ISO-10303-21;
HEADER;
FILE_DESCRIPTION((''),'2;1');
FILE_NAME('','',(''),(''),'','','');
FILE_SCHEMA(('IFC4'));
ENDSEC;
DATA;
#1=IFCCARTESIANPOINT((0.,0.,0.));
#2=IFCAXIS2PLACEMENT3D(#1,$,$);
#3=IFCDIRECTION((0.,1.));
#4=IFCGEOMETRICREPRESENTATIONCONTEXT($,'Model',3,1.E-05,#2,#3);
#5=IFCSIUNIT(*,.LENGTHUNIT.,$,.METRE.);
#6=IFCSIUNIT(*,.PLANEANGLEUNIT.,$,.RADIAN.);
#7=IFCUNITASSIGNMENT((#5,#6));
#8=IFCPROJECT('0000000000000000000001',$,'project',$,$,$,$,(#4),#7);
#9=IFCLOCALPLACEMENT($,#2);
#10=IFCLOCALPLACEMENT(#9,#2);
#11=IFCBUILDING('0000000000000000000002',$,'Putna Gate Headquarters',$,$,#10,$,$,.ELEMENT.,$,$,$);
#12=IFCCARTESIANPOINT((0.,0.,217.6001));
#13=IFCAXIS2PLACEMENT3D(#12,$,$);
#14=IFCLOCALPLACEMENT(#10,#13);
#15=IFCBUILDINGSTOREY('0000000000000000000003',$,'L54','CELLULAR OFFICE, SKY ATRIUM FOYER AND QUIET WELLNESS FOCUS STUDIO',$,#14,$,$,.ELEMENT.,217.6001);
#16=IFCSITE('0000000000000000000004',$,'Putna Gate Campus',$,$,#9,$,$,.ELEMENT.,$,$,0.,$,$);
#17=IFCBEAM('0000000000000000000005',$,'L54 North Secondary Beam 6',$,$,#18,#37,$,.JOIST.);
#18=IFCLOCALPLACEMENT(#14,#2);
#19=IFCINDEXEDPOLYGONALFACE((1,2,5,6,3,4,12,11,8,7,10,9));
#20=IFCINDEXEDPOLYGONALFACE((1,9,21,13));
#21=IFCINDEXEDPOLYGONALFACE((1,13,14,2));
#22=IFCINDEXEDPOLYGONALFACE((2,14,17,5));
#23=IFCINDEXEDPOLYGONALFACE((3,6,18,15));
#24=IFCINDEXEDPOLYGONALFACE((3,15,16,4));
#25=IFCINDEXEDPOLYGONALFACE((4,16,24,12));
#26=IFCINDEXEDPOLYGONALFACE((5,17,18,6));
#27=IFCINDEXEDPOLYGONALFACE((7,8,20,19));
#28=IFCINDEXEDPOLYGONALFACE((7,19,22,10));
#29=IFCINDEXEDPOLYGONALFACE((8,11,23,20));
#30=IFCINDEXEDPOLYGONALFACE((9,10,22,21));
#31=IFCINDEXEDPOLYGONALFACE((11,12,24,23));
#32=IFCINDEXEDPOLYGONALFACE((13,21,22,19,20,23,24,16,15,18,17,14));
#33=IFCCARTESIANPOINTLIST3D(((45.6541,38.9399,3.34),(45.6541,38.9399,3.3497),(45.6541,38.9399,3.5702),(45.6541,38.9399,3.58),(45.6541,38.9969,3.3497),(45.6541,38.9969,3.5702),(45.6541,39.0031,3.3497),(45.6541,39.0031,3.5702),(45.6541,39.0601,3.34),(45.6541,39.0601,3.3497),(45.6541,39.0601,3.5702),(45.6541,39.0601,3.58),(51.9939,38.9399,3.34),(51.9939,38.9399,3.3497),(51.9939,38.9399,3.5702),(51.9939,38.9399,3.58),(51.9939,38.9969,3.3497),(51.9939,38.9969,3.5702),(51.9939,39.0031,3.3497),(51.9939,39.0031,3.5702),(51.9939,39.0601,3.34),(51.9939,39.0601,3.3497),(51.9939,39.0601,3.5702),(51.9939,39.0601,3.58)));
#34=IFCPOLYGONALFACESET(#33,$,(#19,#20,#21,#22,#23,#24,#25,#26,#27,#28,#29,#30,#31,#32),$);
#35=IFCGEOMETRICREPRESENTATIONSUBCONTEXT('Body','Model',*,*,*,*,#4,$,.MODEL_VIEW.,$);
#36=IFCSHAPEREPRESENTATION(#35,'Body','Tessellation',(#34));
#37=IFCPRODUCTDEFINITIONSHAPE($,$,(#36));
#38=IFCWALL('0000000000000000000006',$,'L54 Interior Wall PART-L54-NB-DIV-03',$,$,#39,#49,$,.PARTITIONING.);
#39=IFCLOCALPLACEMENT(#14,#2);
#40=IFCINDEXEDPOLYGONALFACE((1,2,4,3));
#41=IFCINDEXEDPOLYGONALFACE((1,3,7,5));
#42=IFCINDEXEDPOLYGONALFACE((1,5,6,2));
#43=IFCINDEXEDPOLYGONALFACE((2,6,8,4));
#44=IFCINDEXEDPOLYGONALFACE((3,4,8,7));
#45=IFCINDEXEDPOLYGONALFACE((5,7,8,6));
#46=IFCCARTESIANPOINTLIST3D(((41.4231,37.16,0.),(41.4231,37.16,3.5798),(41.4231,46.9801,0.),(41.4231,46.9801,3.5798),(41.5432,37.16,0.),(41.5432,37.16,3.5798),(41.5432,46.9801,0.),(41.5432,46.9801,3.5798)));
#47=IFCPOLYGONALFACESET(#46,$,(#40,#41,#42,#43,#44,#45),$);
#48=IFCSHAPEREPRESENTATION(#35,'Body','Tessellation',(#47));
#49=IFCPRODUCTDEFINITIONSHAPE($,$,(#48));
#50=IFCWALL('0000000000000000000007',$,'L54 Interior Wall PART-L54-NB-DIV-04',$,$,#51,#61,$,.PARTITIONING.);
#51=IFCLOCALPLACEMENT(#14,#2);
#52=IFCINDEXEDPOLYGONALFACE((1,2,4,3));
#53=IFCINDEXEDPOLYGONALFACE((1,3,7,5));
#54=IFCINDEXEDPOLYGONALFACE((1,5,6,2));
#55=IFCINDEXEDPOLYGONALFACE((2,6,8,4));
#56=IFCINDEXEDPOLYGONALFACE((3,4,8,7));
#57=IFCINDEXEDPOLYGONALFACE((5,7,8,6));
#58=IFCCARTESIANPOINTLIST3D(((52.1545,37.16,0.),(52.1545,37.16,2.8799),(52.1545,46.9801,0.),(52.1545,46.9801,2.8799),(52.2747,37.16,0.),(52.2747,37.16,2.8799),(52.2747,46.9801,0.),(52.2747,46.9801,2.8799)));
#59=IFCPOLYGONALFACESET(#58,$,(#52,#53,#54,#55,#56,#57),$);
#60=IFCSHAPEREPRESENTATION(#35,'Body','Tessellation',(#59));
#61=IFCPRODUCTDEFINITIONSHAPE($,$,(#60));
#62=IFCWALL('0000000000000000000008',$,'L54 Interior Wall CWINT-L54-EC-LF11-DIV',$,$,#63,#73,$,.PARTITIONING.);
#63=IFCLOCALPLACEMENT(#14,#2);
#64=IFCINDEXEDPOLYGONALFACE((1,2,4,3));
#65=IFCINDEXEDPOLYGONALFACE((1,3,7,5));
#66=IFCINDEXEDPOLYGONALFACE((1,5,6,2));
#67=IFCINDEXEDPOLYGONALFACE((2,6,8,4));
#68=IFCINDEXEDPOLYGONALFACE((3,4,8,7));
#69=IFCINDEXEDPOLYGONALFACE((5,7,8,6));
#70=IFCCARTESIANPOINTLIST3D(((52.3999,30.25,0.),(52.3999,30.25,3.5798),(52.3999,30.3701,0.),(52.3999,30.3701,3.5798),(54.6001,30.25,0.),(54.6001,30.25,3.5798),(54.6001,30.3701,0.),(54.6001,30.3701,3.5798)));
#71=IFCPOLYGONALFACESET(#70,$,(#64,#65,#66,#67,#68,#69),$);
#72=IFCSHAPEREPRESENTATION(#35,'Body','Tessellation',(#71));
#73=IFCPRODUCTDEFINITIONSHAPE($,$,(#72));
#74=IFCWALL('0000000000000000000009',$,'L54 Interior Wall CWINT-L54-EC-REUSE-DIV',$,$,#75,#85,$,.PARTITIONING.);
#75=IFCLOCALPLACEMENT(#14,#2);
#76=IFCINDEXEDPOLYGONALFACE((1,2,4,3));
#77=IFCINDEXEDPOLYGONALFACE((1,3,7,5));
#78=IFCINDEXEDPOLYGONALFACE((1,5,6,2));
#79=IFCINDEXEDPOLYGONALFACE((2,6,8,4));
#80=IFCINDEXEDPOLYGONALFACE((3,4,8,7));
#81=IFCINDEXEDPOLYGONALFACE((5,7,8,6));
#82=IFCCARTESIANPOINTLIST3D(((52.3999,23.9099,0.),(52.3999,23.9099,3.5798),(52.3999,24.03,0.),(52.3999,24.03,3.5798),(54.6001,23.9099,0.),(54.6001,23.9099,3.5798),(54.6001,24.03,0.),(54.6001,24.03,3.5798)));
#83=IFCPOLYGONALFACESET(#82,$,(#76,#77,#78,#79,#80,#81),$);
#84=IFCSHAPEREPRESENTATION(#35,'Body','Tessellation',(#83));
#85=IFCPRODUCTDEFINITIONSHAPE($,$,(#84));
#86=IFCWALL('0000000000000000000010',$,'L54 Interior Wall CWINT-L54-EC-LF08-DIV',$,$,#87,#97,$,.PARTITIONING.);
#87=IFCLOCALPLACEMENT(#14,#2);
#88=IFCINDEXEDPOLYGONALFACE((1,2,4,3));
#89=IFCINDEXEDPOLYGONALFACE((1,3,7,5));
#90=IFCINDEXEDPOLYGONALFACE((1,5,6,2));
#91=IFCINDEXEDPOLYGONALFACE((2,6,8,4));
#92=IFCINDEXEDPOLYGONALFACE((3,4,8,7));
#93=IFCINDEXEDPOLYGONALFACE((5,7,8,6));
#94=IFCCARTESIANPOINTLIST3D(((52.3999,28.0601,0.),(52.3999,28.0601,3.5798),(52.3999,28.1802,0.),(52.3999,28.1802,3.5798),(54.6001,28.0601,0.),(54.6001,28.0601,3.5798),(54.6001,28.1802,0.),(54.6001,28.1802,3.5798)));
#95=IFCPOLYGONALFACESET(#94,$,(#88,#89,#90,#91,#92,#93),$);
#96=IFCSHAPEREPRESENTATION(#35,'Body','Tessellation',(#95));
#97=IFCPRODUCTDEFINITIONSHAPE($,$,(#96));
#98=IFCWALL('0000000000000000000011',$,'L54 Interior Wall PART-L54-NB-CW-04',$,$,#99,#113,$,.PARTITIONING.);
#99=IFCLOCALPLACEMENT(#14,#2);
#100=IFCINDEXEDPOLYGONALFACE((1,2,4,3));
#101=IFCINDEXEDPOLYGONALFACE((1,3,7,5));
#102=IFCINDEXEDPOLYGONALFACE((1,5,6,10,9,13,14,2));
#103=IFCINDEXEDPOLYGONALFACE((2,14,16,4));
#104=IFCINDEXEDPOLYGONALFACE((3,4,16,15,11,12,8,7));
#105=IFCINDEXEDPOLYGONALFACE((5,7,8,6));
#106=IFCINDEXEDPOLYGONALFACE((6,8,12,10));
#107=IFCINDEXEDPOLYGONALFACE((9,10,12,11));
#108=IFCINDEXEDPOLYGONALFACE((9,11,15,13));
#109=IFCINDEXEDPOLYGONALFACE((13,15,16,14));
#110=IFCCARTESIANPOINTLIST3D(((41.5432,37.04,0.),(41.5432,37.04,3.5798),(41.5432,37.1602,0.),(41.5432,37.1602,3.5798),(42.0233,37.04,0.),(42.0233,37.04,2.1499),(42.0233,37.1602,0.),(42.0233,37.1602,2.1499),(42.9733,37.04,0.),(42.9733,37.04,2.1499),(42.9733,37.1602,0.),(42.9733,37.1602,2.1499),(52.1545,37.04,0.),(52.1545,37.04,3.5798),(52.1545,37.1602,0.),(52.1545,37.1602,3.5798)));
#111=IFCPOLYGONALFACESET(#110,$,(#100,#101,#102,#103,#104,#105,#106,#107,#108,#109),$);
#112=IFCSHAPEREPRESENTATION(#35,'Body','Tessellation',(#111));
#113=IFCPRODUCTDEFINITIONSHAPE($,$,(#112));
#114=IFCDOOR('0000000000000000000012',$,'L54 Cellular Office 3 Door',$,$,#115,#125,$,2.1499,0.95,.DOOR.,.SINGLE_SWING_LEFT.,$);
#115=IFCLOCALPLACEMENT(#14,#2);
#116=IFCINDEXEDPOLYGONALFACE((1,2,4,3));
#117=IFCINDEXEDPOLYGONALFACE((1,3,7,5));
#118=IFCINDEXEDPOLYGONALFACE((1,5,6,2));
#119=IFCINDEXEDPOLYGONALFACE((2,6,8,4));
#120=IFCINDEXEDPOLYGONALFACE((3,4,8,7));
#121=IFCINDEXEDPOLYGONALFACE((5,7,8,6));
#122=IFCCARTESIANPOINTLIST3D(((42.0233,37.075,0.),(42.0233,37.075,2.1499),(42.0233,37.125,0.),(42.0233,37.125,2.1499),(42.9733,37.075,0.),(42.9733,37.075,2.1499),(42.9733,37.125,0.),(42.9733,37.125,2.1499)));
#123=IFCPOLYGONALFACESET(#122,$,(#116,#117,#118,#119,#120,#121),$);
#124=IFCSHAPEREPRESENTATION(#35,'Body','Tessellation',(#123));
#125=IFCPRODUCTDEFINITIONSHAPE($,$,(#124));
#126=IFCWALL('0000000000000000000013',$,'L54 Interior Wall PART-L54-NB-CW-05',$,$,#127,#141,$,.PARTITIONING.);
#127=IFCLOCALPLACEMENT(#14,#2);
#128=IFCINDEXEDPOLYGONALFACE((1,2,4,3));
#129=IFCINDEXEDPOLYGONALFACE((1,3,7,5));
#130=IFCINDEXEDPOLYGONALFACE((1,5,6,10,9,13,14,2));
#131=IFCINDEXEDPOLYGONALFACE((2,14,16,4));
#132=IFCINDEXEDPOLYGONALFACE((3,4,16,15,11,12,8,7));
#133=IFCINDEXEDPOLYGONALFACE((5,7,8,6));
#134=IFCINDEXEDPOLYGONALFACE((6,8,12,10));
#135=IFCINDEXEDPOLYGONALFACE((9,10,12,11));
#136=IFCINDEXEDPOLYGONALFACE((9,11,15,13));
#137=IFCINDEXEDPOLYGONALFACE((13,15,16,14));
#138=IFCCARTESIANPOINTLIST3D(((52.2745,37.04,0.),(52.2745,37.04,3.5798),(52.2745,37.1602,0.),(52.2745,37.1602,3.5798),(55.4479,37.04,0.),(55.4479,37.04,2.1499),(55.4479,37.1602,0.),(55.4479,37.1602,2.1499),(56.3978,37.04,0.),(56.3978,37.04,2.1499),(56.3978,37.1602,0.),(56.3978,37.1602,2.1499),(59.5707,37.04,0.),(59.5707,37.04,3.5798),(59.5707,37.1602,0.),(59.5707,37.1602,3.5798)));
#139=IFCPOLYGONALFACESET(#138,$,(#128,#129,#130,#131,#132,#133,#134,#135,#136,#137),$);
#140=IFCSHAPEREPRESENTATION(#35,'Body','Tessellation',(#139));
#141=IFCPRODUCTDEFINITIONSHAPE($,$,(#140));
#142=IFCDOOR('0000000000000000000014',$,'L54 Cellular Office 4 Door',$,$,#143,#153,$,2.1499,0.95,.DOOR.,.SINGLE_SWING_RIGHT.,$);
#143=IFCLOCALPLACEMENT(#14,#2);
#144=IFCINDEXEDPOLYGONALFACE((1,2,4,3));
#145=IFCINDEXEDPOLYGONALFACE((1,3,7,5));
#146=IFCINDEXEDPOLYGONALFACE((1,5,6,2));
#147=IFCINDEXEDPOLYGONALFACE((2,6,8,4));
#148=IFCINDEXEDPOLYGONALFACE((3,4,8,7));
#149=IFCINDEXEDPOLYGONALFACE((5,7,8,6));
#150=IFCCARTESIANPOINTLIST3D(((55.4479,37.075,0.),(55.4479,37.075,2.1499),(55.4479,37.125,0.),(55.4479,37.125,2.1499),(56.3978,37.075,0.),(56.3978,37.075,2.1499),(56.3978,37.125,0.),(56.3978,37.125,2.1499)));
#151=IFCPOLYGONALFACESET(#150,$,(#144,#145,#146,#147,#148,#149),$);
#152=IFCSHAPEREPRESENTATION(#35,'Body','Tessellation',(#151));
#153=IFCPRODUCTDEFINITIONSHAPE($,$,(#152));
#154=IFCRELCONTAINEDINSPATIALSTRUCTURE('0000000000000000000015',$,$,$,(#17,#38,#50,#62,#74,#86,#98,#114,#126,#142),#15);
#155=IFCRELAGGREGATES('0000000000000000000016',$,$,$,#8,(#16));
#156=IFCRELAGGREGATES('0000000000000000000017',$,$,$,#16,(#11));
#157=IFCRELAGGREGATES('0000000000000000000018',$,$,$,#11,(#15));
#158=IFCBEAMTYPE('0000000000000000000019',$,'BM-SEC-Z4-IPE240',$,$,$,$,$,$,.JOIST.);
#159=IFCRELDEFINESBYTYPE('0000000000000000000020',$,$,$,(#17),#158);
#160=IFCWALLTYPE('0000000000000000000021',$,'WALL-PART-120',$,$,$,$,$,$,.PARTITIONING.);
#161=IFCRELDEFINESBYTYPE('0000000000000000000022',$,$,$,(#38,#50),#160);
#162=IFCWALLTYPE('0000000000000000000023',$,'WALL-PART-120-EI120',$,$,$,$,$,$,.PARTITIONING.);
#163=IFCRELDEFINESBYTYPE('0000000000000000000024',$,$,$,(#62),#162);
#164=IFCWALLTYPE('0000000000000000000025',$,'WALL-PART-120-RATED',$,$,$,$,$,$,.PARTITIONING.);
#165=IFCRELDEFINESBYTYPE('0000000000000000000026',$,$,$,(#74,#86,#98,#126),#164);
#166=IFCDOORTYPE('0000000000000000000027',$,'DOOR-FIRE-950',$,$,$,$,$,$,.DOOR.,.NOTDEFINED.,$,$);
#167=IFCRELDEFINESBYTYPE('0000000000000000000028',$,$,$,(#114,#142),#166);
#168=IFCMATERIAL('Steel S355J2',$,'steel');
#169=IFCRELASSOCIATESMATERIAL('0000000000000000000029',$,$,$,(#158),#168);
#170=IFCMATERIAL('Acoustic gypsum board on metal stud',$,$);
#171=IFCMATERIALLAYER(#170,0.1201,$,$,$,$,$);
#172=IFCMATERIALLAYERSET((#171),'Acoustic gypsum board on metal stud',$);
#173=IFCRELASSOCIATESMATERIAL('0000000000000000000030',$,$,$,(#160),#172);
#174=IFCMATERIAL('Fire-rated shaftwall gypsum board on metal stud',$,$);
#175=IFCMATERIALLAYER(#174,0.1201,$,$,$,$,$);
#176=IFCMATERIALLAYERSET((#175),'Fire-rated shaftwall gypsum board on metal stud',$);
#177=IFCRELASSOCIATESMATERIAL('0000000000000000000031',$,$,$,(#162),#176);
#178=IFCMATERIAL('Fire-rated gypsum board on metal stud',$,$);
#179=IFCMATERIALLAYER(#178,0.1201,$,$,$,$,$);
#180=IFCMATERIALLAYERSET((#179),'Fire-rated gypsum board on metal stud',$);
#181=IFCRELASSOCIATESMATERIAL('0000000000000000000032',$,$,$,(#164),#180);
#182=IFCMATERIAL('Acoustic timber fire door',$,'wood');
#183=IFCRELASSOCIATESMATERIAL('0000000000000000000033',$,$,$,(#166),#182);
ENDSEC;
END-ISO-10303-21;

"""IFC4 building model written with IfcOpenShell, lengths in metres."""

from ifc_helpers import new_model, si_unit, direction, frame, frame_2d, origin, origin_2d, place, context, subcontext, project, spatial, rectangle, i_section, extrude, material, layer, layer_set, material_profile, profile_set, type_object, element, fill, save


model = new_model("IFC4")

# Units and contexts
model_context = context("Model", 3, precision=1e-05, world=origin(), true_north=direction((0.0, 1.0)))
body_context = subcontext(model_context, "Body", "Model", "MODEL_VIEW")
ifc_project = project(units=[si_unit("LENGTHUNIT", "METRE"), si_unit("PLANEANGLEUNIT", "RADIAN")], contexts=[model_context])

# Site, building, storey
site_placement = place(None, origin())
site = spatial("IfcSite", under=ifc_project, at=site_placement, Name="Putna Gate Campus", CompositionType="ELEMENT", RefElevation=0.0)
building_placement = place(site_placement, origin())
building = spatial("IfcBuilding", under=site, at=building_placement, Name="Putna Gate Headquarters", CompositionType="ELEMENT")
storey_placement = place(building_placement, frame((0.0, 0.0, 217.6001)))
storey = spatial("IfcBuildingStorey", under=building, at=storey_placement, Name="L54", Description="CELLULAR OFFICE, SKY ATRIUM FOYER AND QUIET WELLNESS FOCUS STUDIO", CompositionType="ELEMENT", Elevation=217.6001)

# Beam
ifc_material_1 = material(Name="Steel S355J2", Category="steel")
ifc_material_profile_1 = material_profile(ifc_material_1, i_section(OverallWidth=0.1201, OverallDepth=0.24, WebThickness=0.0061, FlangeThickness=0.0098, at=origin_2d()), Name="Steel S355J2")
ifc_profile_set_1 = profile_set([ifc_material_profile_1], Name="Steel S355J2")
beam_type_1 = type_object("IfcBeamType", Name="BM-SEC-Z4-IPE240", PredefinedType="JOIST", material=ifc_profile_set_1)
beam_1_placement = place(storey_placement, frame((45.6541, 39.0, 3.46), z_axis=(1.0, 0.0, 0.0), x_axis=(0.0, 1.0, 0.0)))
element("IfcBeam", 1, at=beam_1_placement, inside=storey, type_object=beam_type_1, Name="L54 North Secondary Beam 6", PredefinedType="JOIST", context=body_context, shape_type="SweptSolid", body=[
    extrude(i_section(OverallWidth=0.1201, OverallDepth=0.24, WebThickness=0.0061, FlangeThickness=0.0098, at=origin_2d()), origin(), (0.0, 0.0, 1.0), 6.3398),
])

# Shared definitions
ifc_material_2 = material(Name="Acoustic gypsum board on metal stud")
ifc_layer_1 = layer(ifc_material_2, 0.1201)
ifc_layer_set_1 = layer_set([ifc_layer_1], Name="Acoustic gypsum board on metal stud")
wall_type_1 = type_object("IfcWallType", Name="WALL-PART-120", PredefinedType="PARTITIONING", material=ifc_layer_set_1)

# Walls
wall_1_placement = place(storey_placement, frame((41.4832, 37.1599, 0.0), z_axis=(0.0, 0.0, 1.0), x_axis=(0.0, 1.0, 0.0)))
element("IfcWall", 2, at=wall_1_placement, inside=storey, type_object=wall_type_1, Name="L54 Interior Wall PART-L54-NB-DIV-03", PredefinedType="PARTITIONING", context=body_context, shape_type="SweptSolid", body=[
    extrude(rectangle(XDim=9.8201, YDim=0.1201, at=frame_2d((4.9102, 0.0))), origin(), (0.0, 0.0, 1.0), 3.5798),
])
wall_2_placement = place(storey_placement, frame((52.2146, 37.1599, 0.0), z_axis=(0.0, 0.0, 1.0), x_axis=(0.0, 1.0, 0.0)))
element("IfcWall", 3, at=wall_2_placement, inside=storey, type_object=wall_type_1, Name="L54 Interior Wall PART-L54-NB-DIV-04", PredefinedType="PARTITIONING", context=body_context, shape_type="SweptSolid", body=[
    extrude(rectangle(XDim=9.8201, YDim=0.1201, at=frame_2d((4.9102, 0.0))), origin(), (0.0, 0.0, 1.0), 2.8799),
])
ifc_material_3 = material(Name="Fire-rated shaftwall gypsum board on metal stud")
ifc_layer_2 = layer(ifc_material_3, 0.1201)
ifc_layer_set_2 = layer_set([ifc_layer_2], Name="Fire-rated shaftwall gypsum board on metal stud")
wall_type_2 = type_object("IfcWallType", Name="WALL-PART-120-EI120", PredefinedType="PARTITIONING", material=ifc_layer_set_2)
wall_3_placement = place(storey_placement, frame((52.3999, 30.3101, 0.0), z_axis=(0.0, 0.0, 1.0), x_axis=(1.0, 0.0, 0.0)))
element("IfcWall", 4, at=wall_3_placement, inside=storey, type_object=wall_type_2, Name="L54 Interior Wall CWINT-L54-EC-LF11-DIV", PredefinedType="PARTITIONING", context=body_context, shape_type="SweptSolid", body=[
    extrude(rectangle(XDim=2.2002, YDim=0.1201, at=frame_2d((1.1001, 0.0))), origin(), (0.0, 0.0, 1.0), 3.5798),
])
ifc_material_4 = material(Name="Fire-rated gypsum board on metal stud")
ifc_layer_3 = layer(ifc_material_4, 0.1201)
ifc_layer_set_3 = layer_set([ifc_layer_3], Name="Fire-rated gypsum board on metal stud")
wall_type_3 = type_object("IfcWallType", Name="WALL-PART-120-RATED", PredefinedType="PARTITIONING", material=ifc_layer_set_3)
for number, where, z_axis, x_axis, name in (
    (5, (52.3999, 23.97, 0.0), (0.0, 0.0, 1.0), (1.0, 0.0, 0.0), "L54 Interior Wall CWINT-L54-EC-REUSE-DIV"),
    (6, (52.3999, 28.1201, 0.0), (0.0, 0.0, 1.0), (1.0, 0.0, 0.0), "L54 Interior Wall CWINT-L54-EC-LF08-DIV"),
):
    element("IfcWall", number, at=place(storey_placement, frame(where, z_axis=z_axis, x_axis=x_axis)), inside=storey, type_object=wall_type_3, Name=name, PredefinedType="PARTITIONING", context=body_context, shape_type="SweptSolid", body=[
        extrude(rectangle(XDim=2.2002, YDim=0.1201, at=frame_2d((1.1001, 0.0))), origin(), (0.0, 0.0, 1.0), 3.5798),
    ])

# Walls, openings, doors
wall_4_placement = place(storey_placement, frame((41.5432, 37.1001, 0.0), z_axis=(0.0, 0.0, 1.0), x_axis=(1.0, 0.0, 0.0)))
wall_4 = element("IfcWall", 7, at=wall_4_placement, inside=storey, type_object=wall_type_3, Name="L54 Interior Wall PART-L54-NB-CW-04", PredefinedType="PARTITIONING", context=body_context, shape_type="SweptSolid", body=[
    extrude(rectangle(XDim=10.6113, YDim=0.1201, at=frame_2d((5.3057, 0.0))), origin(), (0.0, 0.0, 1.0), 3.5798),
])
opening_1_placement = place(wall_4_placement, frame((0.48, 0.0, 0.0)))
opening_1 = element("IfcOpeningElement", 8, at=opening_1_placement, cuts=wall_4, PredefinedType="OPENING", context=body_context, shape_type="SweptSolid", body=[
    extrude(rectangle(XDim=0.95, YDim=2.1499, at=frame_2d((0.4751, 1.075))), frame((0.0, 0.0701, 0.0), z_axis=(0.0, -1.0, 0.0), x_axis=(1.0, 0.0, 0.0)), (0.0, 0.0, 1.0), 0.1401),
])
ifc_material_5 = material(Name="Acoustic timber fire door", Category="wood")
door_type_1 = type_object("IfcDoorType", Name="DOOR-FIRE-950", OperationType="NOTDEFINED", PredefinedType="DOOR", material=ifc_material_5)
door_1_placement = place(opening_1_placement, origin())
door_1 = element("IfcDoor", 9, at=door_1_placement, inside=storey, type_object=door_type_1, Name="L54 Cellular Office 3 Door", OperationType="SINGLE_SWING_LEFT", OverallHeight=2.1499, OverallWidth=0.95, PredefinedType="DOOR", context=body_context, shape_type="SweptSolid", body=[
    extrude(rectangle(XDim=0.95, YDim=2.1499, at=frame_2d((0.4751, 1.075))), frame((0.0, 0.0249, 0.0), z_axis=(0.0, -1.0, 0.0), x_axis=(1.0, 0.0, 0.0)), (0.0, 0.0, 1.0), 0.05),
])
fill(opening_1, door_1)
wall_5_placement = place(storey_placement, frame((52.2747, 37.1001, 0.0), z_axis=(0.0, 0.0, 1.0), x_axis=(1.0, 0.0, 0.0)))
wall_5 = element("IfcWall", 10, at=wall_5_placement, inside=storey, type_object=wall_type_3, Name="L54 Interior Wall PART-L54-NB-CW-05", PredefinedType="PARTITIONING", context=body_context, shape_type="SweptSolid", body=[
    extrude(rectangle(XDim=7.2961, YDim=0.1201, at=frame_2d((3.6479, 0.0))), origin(), (0.0, 0.0, 1.0), 3.5798),
])
opening_2_placement = place(wall_5_placement, frame((3.1731, 0.0, 0.0)))
opening_2 = element("IfcOpeningElement", 11, at=opening_2_placement, cuts=wall_5, PredefinedType="OPENING", context=body_context, shape_type="SweptSolid", body=[
    extrude(rectangle(XDim=0.95, YDim=2.1499, at=frame_2d((0.4751, 1.075))), frame((0.0, 0.0701, 0.0), z_axis=(0.0, -1.0, 0.0), x_axis=(1.0, 0.0, 0.0)), (0.0, 0.0, 1.0), 0.1401),
])
door_2_placement = place(opening_2_placement, origin())
door_2 = element("IfcDoor", 12, at=door_2_placement, inside=storey, type_object=door_type_1, Name="L54 Cellular Office 4 Door", OperationType="SINGLE_SWING_RIGHT", OverallHeight=2.1499, OverallWidth=0.95, PredefinedType="DOOR", context=body_context, shape_type="SweptSolid", body=[
    extrude(rectangle(XDim=0.95, YDim=2.1499, at=frame_2d((0.4751, 1.075))), frame((0.0, 0.0249, 0.0), z_axis=(0.0, -1.0, 0.0), x_axis=(1.0, 0.0, 0.0)), (0.0, 0.0, 1.0), 0.05),
])
fill(opening_2, door_2)

save(model, "model.ifc")
